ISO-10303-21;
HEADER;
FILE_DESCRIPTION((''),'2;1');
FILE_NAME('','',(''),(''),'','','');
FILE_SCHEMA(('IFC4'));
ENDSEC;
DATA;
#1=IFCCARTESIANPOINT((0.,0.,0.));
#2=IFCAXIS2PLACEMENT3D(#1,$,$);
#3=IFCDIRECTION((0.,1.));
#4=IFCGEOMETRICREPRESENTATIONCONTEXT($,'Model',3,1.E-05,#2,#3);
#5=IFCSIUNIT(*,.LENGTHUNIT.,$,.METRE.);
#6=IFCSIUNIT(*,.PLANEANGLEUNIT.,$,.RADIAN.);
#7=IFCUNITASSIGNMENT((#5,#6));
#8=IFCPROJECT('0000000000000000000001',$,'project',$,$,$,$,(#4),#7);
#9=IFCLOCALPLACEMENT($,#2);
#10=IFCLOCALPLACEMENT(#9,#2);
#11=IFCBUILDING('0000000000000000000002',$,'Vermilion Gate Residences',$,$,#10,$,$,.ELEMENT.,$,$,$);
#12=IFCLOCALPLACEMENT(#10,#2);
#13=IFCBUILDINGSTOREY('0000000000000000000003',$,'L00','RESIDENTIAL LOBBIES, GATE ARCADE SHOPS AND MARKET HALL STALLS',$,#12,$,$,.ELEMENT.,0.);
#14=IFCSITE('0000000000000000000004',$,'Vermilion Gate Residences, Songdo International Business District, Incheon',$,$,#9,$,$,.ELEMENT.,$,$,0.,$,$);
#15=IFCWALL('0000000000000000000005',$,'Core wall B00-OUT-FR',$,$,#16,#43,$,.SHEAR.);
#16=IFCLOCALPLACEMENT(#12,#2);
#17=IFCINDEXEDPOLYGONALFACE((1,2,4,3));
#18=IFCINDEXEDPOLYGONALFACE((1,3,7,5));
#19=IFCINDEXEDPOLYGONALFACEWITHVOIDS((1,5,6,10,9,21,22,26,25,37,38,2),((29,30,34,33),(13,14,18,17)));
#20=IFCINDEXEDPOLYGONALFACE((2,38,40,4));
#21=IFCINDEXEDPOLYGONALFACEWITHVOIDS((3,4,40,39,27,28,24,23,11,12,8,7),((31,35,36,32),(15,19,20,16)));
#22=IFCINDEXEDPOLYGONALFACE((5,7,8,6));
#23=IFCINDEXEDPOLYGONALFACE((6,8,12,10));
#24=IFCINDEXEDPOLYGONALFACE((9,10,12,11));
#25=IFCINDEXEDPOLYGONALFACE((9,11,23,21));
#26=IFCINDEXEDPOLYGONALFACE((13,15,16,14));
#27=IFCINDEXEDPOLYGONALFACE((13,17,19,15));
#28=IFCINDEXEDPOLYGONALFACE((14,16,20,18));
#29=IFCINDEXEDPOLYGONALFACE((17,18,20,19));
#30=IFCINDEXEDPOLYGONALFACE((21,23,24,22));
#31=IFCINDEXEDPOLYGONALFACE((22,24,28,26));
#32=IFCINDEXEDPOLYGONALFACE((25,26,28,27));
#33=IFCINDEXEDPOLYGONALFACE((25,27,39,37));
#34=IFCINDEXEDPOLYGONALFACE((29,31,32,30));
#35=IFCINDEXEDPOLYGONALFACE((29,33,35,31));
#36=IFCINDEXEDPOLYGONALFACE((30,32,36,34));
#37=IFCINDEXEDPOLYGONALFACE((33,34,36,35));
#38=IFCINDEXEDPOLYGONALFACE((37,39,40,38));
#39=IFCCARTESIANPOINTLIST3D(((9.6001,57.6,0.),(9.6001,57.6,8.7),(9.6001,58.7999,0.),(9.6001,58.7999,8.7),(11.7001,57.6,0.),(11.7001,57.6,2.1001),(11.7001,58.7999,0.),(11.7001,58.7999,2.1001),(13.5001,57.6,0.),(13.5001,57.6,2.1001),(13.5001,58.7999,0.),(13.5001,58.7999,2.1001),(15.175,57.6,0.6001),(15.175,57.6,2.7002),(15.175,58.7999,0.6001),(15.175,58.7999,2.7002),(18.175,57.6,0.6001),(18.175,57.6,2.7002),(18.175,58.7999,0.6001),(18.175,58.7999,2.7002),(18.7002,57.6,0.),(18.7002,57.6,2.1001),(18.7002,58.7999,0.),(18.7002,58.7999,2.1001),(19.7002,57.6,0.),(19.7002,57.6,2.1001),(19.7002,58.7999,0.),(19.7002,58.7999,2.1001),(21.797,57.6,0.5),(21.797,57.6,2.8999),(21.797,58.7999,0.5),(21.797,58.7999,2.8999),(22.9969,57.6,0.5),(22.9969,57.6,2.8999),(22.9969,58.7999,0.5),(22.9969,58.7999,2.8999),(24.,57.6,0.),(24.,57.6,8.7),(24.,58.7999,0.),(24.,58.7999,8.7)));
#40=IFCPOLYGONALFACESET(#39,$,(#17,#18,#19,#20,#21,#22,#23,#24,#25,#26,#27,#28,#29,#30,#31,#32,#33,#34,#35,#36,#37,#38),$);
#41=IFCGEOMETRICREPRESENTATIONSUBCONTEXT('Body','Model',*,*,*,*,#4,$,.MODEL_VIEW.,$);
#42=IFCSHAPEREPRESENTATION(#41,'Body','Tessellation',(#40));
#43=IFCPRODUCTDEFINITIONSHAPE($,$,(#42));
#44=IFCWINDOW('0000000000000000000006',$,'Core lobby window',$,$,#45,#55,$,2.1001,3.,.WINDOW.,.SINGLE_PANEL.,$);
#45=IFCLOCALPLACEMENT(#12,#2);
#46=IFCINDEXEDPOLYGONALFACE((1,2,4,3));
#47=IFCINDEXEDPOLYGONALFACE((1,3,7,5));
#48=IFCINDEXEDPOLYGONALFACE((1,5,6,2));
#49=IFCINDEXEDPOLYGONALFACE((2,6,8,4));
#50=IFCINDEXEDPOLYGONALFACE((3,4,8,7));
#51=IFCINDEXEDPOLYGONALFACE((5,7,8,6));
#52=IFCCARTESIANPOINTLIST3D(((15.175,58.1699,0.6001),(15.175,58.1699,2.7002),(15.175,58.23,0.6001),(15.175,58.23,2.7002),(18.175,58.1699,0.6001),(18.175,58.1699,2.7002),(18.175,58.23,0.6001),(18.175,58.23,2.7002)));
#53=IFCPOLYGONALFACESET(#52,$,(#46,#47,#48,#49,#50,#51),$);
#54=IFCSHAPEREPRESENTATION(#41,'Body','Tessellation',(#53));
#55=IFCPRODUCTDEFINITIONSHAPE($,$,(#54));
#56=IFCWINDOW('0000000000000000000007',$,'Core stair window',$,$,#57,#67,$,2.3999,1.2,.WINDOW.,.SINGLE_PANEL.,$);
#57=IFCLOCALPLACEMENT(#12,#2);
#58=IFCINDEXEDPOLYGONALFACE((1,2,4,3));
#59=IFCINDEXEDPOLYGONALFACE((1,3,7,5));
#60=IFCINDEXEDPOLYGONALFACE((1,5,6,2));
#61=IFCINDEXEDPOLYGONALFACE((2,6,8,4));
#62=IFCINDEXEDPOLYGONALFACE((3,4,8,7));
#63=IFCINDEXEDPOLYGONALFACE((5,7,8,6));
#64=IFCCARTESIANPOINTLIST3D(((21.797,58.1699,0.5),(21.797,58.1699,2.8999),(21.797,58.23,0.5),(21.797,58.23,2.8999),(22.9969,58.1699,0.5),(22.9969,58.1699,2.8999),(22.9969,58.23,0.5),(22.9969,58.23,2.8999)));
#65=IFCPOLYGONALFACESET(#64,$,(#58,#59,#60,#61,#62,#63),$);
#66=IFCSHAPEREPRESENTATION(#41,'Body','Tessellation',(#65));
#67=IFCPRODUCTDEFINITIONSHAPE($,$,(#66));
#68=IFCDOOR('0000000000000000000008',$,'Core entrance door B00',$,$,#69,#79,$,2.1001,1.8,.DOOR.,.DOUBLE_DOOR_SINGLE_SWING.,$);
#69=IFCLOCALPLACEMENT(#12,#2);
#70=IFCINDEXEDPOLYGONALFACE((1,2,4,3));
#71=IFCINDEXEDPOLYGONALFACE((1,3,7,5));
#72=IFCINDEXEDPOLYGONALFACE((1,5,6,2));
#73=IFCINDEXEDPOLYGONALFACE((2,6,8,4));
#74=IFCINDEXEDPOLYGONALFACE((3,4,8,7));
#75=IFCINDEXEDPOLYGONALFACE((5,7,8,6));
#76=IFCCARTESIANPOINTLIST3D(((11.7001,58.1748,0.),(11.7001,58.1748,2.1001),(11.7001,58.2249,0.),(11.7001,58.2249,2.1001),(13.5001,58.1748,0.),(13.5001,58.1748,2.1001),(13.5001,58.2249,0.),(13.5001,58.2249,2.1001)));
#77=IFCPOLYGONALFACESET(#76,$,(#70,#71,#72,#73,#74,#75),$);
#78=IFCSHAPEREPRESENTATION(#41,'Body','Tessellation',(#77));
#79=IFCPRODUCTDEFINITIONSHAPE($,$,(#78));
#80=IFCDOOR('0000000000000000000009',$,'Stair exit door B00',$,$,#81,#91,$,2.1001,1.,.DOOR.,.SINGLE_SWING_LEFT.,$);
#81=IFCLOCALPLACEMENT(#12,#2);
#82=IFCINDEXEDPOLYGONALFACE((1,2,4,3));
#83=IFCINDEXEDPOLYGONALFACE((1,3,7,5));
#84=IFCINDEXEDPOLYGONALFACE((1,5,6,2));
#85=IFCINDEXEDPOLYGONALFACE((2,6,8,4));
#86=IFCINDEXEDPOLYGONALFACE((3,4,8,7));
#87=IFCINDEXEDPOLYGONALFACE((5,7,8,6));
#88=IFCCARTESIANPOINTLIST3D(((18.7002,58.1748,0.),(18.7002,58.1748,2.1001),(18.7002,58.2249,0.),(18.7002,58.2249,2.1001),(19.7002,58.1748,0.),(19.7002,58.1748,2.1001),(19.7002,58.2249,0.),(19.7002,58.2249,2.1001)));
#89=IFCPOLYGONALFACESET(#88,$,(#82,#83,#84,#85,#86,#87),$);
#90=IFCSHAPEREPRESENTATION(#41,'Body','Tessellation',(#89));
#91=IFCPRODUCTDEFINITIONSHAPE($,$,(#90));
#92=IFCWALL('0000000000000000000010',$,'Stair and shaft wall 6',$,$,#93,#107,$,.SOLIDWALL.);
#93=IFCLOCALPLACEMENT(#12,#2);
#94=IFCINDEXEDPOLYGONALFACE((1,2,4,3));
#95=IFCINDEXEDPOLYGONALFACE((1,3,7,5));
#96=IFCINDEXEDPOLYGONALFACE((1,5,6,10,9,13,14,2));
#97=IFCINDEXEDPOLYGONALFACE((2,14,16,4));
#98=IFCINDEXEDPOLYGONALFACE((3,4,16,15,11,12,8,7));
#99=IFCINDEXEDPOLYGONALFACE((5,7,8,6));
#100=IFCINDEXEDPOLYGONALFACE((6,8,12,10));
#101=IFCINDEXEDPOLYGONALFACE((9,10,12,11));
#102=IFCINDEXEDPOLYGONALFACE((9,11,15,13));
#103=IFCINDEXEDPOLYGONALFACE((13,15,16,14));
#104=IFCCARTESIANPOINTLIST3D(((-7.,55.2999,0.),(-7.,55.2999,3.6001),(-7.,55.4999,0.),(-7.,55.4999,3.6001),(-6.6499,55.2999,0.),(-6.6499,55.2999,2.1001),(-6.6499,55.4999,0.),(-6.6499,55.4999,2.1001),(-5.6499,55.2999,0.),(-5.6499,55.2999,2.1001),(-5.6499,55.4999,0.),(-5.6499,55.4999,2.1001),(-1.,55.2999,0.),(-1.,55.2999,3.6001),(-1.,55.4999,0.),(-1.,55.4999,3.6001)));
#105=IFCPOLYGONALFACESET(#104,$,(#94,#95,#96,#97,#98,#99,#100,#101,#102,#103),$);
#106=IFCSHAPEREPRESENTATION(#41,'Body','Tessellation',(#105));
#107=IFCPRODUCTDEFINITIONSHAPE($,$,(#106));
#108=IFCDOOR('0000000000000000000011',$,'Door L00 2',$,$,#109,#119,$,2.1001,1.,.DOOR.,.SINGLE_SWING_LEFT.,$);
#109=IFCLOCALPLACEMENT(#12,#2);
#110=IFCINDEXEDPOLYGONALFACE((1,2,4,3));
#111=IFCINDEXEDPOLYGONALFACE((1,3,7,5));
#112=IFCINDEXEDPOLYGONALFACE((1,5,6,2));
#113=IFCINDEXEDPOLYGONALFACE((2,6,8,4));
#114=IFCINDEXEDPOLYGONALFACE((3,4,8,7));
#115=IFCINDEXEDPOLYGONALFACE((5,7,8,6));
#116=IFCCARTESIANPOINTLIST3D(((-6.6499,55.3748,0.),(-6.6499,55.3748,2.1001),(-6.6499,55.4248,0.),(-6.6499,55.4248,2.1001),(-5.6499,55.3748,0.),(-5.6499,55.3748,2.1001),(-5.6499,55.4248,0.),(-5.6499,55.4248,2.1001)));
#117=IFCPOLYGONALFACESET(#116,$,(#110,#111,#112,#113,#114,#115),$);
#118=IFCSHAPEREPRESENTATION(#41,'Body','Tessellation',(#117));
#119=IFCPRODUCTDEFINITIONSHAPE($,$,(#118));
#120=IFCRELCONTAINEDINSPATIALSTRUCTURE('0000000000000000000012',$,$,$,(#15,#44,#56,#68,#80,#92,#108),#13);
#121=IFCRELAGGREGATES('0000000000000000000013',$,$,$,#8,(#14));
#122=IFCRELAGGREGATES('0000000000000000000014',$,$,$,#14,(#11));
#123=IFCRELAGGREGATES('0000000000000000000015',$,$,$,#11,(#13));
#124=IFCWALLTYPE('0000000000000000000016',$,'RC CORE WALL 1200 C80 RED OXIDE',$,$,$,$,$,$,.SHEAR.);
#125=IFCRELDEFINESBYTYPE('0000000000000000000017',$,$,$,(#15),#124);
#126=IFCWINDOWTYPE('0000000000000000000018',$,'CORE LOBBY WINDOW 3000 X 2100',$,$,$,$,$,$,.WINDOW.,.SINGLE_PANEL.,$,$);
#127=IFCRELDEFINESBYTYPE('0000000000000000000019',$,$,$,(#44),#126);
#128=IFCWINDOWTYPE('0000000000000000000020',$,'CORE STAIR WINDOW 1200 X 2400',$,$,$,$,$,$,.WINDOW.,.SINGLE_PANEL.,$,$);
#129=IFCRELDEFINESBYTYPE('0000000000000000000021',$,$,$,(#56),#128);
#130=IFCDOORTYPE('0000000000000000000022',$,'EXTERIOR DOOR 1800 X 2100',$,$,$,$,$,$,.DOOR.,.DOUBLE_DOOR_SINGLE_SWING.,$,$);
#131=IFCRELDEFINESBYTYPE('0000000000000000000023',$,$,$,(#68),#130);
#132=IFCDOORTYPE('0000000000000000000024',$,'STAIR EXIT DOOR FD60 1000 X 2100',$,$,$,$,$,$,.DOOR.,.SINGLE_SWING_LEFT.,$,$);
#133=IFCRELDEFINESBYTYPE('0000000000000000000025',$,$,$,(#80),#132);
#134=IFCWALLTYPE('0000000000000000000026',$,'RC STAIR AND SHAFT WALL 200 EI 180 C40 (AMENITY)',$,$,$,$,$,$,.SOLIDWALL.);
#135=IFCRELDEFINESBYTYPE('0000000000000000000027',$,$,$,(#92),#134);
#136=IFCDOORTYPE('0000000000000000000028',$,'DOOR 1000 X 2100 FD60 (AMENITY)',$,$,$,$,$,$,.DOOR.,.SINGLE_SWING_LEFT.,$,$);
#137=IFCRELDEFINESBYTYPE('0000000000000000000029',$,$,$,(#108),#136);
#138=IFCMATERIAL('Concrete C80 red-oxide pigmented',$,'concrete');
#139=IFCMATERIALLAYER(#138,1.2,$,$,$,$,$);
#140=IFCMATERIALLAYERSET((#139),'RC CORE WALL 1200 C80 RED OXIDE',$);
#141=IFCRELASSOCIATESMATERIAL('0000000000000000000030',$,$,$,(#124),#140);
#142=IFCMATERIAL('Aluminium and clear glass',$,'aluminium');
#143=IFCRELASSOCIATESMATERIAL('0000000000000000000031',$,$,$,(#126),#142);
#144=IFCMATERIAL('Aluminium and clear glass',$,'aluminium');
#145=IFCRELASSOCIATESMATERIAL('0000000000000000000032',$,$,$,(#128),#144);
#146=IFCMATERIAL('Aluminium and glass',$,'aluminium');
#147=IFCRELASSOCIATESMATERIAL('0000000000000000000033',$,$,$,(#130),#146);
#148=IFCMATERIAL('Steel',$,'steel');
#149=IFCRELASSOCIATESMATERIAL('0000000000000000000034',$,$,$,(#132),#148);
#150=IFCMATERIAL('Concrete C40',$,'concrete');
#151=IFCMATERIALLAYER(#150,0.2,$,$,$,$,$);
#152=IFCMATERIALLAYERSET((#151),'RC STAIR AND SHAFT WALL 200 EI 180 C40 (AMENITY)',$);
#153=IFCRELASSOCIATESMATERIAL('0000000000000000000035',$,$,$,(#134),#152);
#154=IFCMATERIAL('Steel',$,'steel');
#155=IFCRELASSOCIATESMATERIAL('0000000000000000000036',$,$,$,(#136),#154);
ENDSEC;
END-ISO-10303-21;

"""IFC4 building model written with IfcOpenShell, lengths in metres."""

from ifc_helpers import new_model, si_unit, direction, frame, frame_2d, origin, place, context, subcontext, project, spatial, rectangle, extrude, material, layer, layer_set, type_object, element, fill, save


model = new_model("IFC4")

# Units and contexts
model_context = context("Model", 3, precision=1e-05, world=origin(), true_north=direction((0.0, 1.0)))
body_context = subcontext(model_context, "Body", "Model", "MODEL_VIEW")
ifc_project = project(units=[si_unit("LENGTHUNIT", "METRE"), si_unit("PLANEANGLEUNIT", "RADIAN")], contexts=[model_context])

# Site, building, storey
site_placement = place(None, origin())
site = spatial("IfcSite", under=ifc_project, at=site_placement, Name="Vermilion Gate Residences, Songdo International Business District, Incheon", CompositionType="ELEMENT", RefElevation=0.0)
building_placement = place(site_placement, origin())
building = spatial("IfcBuilding", under=site, at=building_placement, Name="Vermilion Gate Residences", CompositionType="ELEMENT")
storey_placement = place(building_placement, origin())
storey = spatial("IfcBuildingStorey", under=building, at=storey_placement, Name="L00", Description="RESIDENTIAL LOBBIES, GATE ARCADE SHOPS AND MARKET HALL STALLS", CompositionType="ELEMENT", Elevation=0.0)

# Wall, openings, windows, doors
ifc_material_1 = material(Name="Concrete C80 red-oxide pigmented", Category="concrete")
ifc_layer_1 = layer(ifc_material_1, 1.2)
ifc_layer_set_1 = layer_set([ifc_layer_1], Name="RC CORE WALL 1200 C80 RED OXIDE")
wall_type_1 = type_object("IfcWallType", Name="RC CORE WALL 1200 C80 RED OXIDE", PredefinedType="SHEAR", material=ifc_layer_set_1)
wall_1_placement = place(storey_placement, frame((9.6001, 58.2, 0.0), z_axis=(0.0, 0.0, 1.0), x_axis=(1.0, 0.0, 0.0)))
wall_1 = element("IfcWall", 1, at=wall_1_placement, inside=storey, type_object=wall_type_1, Name="Core wall B00-OUT-FR", PredefinedType="SHEAR", context=body_context, shape_type="SweptSolid", body=[
    extrude(rectangle(XDim=14.3999, YDim=1.2, at=frame_2d((7.2, 0.0))), origin(), (0.0, 0.0, 1.0), 8.7),
])
opening_1_placement = place(wall_1_placement, frame((2.1001, 0.0, 0.0)))
opening_1 = element("IfcOpeningElement", 2, at=opening_1_placement, cuts=wall_1, PredefinedType="OPENING", context=body_context, shape_type="SweptSolid", body=[
    extrude(rectangle(XDim=1.8, YDim=2.1001, at=frame_2d((0.8999, 1.05))), frame((0.0, 0.6099, 0.0), z_axis=(0.0, -1.0, 0.0), x_axis=(1.0, 0.0, 0.0)), (0.0, 0.0, 1.0), 1.22),
])
opening_2_placement = place(wall_1_placement, frame((9.1001, 0.0, 0.0)))
opening_2 = element("IfcOpeningElement", 3, at=opening_2_placement, cuts=wall_1, PredefinedType="OPENING", context=body_context, shape_type="SweptSolid", body=[
    extrude(rectangle(XDim=1.0, YDim=2.1001, at=frame_2d((0.5, 1.05))), frame((0.0, 0.6099, 0.0), z_axis=(0.0, -1.0, 0.0), x_axis=(1.0, 0.0, 0.0)), (0.0, 0.0, 1.0), 1.22),
])
opening_3_placement = place(wall_1_placement, frame((5.575, 0.0, 0.6001)))
opening_3 = element("IfcOpeningElement", 4, at=opening_3_placement, cuts=wall_1, PredefinedType="OPENING", context=body_context, shape_type="SweptSolid", body=[
    extrude(rectangle(XDim=3.0, YDim=2.1001, at=frame_2d((1.5, 1.05))), frame((0.0, 0.6099, 0.0), z_axis=(0.0, -1.0, 0.0), x_axis=(1.0, 0.0, 0.0)), (0.0, 0.0, 1.0), 1.22),
])
opening_4_placement = place(wall_1_placement, frame((12.1968, 0.0, 0.5)))
opening_4 = element("IfcOpeningElement", 5, at=opening_4_placement, cuts=wall_1, PredefinedType="OPENING", context=body_context, shape_type="SweptSolid", body=[
    extrude(rectangle(XDim=1.2, YDim=2.3999, at=frame_2d((0.6001, 1.2))), frame((0.0, 0.6099, 0.0), z_axis=(0.0, -1.0, 0.0), x_axis=(1.0, 0.0, 0.0)), (0.0, 0.0, 1.0), 1.22),
])
ifc_material_2 = material(Name="Aluminium and clear glass", Category="aluminium")
window_type_1 = type_object("IfcWindowType", Name="CORE LOBBY WINDOW 3000 X 2100", PartitioningType="SINGLE_PANEL", PredefinedType="WINDOW", material=ifc_material_2)
window_1_placement = place(opening_3_placement, origin())
window_1 = element("IfcWindow", 6, at=window_1_placement, inside=storey, type_object=window_type_1, Name="Core lobby window", OverallHeight=2.1001, OverallWidth=3.0, PartitioningType="SINGLE_PANEL", PredefinedType="WINDOW", context=body_context, shape_type="SweptSolid", body=[
    extrude(rectangle(XDim=3.0, YDim=2.1001, at=frame_2d((1.5, 1.05))), frame((0.0, 0.03, 0.0), z_axis=(0.0, -1.0, 0.0), x_axis=(1.0, 0.0, 0.0)), (0.0, 0.0, 1.0), 0.0601),
])
fill(opening_3, window_1)
ifc_material_3 = material(Name="Aluminium and clear glass", Category="aluminium")
window_type_2 = type_object("IfcWindowType", Name="CORE STAIR WINDOW 1200 X 2400", PartitioningType="SINGLE_PANEL", PredefinedType="WINDOW", material=ifc_material_3)
window_2_placement = place(opening_4_placement, origin())
window_2 = element("IfcWindow", 7, at=window_2_placement, inside=storey, type_object=window_type_2, Name="Core stair window", OverallHeight=2.3999, OverallWidth=1.2, PartitioningType="SINGLE_PANEL", PredefinedType="WINDOW", context=body_context, shape_type="SweptSolid", body=[
    extrude(rectangle(XDim=1.2, YDim=2.3999, at=frame_2d((0.6001, 1.2))), frame((0.0, 0.03, 0.0), z_axis=(0.0, -1.0, 0.0), x_axis=(1.0, 0.0, 0.0)), (0.0, 0.0, 1.0), 0.0601),
])
fill(opening_4, window_2)
ifc_material_4 = material(Name="Aluminium and glass", Category="aluminium")
door_type_1 = type_object("IfcDoorType", Name="EXTERIOR DOOR 1800 X 2100", OperationType="DOUBLE_DOOR_SINGLE_SWING", PredefinedType="DOOR", material=ifc_material_4)
door_1_placement = place(opening_1_placement, origin())
door_1 = element("IfcDoor", 8, at=door_1_placement, inside=storey, type_object=door_type_1, Name="Core entrance door B00", OperationType="DOUBLE_DOOR_SINGLE_SWING", OverallHeight=2.1001, OverallWidth=1.8, PredefinedType="DOOR", context=body_context, shape_type="SweptSolid", body=[
    extrude(rectangle(XDim=1.8, YDim=2.1001, at=frame_2d((0.8999, 1.05))), frame((0.0, 0.0249, 0.0), z_axis=(0.0, -1.0, 0.0), x_axis=(1.0, 0.0, 0.0)), (0.0, 0.0, 1.0), 0.05),
])
fill(opening_1, door_1)
ifc_material_5 = material(Name="Steel", Category="steel")
door_type_2 = type_object("IfcDoorType", Name="STAIR EXIT DOOR FD60 1000 X 2100", OperationType="SINGLE_SWING_LEFT", PredefinedType="DOOR", material=ifc_material_5)
door_2_placement = place(opening_2_placement, origin())
door_2 = element("IfcDoor", 9, at=door_2_placement, inside=storey, type_object=door_type_2, Name="Stair exit door B00", OperationType="SINGLE_SWING_LEFT", OverallHeight=2.1001, OverallWidth=1.0, PredefinedType="DOOR", context=body_context, shape_type="SweptSolid", body=[
    extrude(rectangle(XDim=1.0, YDim=2.1001, at=frame_2d((0.5, 1.05))), frame((0.0, 0.0249, 0.0), z_axis=(0.0, -1.0, 0.0), x_axis=(1.0, 0.0, 0.0)), (0.0, 0.0, 1.0), 0.05),
])
fill(opening_2, door_2)

# Wall, opening, door
ifc_material_6 = material(Name="Concrete C40", Category="concrete")
ifc_layer_2 = layer(ifc_material_6, 0.2)
ifc_layer_set_2 = layer_set([ifc_layer_2], Name="RC STAIR AND SHAFT WALL 200 EI 180 C40 (AMENITY)")
wall_type_2 = type_object("IfcWallType", Name="RC STAIR AND SHAFT WALL 200 EI 180 C40 (AMENITY)", PredefinedType="SOLIDWALL", material=ifc_layer_set_2)
wall_2_placement = place(storey_placement, frame((-7.0, 55.3999, 0.0), z_axis=(0.0, 0.0, 1.0), x_axis=(1.0, 0.0, 0.0)))
wall_2 = element("IfcWall", 10, at=wall_2_placement, inside=storey, type_object=wall_type_2, Name="Stair and shaft wall 6", PredefinedType="SOLIDWALL", context=body_context, shape_type="SweptSolid", body=[
    extrude(rectangle(XDim=6.0, YDim=0.2, at=frame_2d((3.0, 0.0))), origin(), (0.0, 0.0, 1.0), 3.6001),
])
opening_5_placement = place(wall_2_placement, frame((0.3501, 0.0, 0.0)))
opening_5 = element("IfcOpeningElement", 11, at=opening_5_placement, cuts=wall_2, PredefinedType="OPENING", context=body_context, shape_type="SweptSolid", body=[
    extrude(rectangle(XDim=1.0, YDim=2.1001, at=frame_2d((0.5, 1.05))), frame((0.0, 0.1099, 0.0), z_axis=(0.0, -1.0, 0.0), x_axis=(1.0, 0.0, 0.0)), (0.0, 0.0, 1.0), 0.22),
])
ifc_material_7 = material(Name="Steel", Category="steel")
door_type_3 = type_object("IfcDoorType", Name="DOOR 1000 X 2100 FD60 (AMENITY)", OperationType="SINGLE_SWING_LEFT", PredefinedType="DOOR", material=ifc_material_7)
door_3_placement = place(opening_5_placement, origin())
door_3 = element("IfcDoor", 12, at=door_3_placement, inside=storey, type_object=door_type_3, Name="Door L00 2", OperationType="SINGLE_SWING_LEFT", OverallHeight=2.1001, OverallWidth=1.0, PredefinedType="DOOR", context=body_context, shape_type="SweptSolid", body=[
    extrude(rectangle(XDim=1.0, YDim=2.1001, at=frame_2d((0.5, 1.05))), frame((0.0, 0.0249, 0.0), z_axis=(0.0, -1.0, 0.0), x_axis=(1.0, 0.0, 0.0)), (0.0, 0.0, 1.0), 0.05),
])
fill(opening_5, door_3)

save(model, "model.ifc")
